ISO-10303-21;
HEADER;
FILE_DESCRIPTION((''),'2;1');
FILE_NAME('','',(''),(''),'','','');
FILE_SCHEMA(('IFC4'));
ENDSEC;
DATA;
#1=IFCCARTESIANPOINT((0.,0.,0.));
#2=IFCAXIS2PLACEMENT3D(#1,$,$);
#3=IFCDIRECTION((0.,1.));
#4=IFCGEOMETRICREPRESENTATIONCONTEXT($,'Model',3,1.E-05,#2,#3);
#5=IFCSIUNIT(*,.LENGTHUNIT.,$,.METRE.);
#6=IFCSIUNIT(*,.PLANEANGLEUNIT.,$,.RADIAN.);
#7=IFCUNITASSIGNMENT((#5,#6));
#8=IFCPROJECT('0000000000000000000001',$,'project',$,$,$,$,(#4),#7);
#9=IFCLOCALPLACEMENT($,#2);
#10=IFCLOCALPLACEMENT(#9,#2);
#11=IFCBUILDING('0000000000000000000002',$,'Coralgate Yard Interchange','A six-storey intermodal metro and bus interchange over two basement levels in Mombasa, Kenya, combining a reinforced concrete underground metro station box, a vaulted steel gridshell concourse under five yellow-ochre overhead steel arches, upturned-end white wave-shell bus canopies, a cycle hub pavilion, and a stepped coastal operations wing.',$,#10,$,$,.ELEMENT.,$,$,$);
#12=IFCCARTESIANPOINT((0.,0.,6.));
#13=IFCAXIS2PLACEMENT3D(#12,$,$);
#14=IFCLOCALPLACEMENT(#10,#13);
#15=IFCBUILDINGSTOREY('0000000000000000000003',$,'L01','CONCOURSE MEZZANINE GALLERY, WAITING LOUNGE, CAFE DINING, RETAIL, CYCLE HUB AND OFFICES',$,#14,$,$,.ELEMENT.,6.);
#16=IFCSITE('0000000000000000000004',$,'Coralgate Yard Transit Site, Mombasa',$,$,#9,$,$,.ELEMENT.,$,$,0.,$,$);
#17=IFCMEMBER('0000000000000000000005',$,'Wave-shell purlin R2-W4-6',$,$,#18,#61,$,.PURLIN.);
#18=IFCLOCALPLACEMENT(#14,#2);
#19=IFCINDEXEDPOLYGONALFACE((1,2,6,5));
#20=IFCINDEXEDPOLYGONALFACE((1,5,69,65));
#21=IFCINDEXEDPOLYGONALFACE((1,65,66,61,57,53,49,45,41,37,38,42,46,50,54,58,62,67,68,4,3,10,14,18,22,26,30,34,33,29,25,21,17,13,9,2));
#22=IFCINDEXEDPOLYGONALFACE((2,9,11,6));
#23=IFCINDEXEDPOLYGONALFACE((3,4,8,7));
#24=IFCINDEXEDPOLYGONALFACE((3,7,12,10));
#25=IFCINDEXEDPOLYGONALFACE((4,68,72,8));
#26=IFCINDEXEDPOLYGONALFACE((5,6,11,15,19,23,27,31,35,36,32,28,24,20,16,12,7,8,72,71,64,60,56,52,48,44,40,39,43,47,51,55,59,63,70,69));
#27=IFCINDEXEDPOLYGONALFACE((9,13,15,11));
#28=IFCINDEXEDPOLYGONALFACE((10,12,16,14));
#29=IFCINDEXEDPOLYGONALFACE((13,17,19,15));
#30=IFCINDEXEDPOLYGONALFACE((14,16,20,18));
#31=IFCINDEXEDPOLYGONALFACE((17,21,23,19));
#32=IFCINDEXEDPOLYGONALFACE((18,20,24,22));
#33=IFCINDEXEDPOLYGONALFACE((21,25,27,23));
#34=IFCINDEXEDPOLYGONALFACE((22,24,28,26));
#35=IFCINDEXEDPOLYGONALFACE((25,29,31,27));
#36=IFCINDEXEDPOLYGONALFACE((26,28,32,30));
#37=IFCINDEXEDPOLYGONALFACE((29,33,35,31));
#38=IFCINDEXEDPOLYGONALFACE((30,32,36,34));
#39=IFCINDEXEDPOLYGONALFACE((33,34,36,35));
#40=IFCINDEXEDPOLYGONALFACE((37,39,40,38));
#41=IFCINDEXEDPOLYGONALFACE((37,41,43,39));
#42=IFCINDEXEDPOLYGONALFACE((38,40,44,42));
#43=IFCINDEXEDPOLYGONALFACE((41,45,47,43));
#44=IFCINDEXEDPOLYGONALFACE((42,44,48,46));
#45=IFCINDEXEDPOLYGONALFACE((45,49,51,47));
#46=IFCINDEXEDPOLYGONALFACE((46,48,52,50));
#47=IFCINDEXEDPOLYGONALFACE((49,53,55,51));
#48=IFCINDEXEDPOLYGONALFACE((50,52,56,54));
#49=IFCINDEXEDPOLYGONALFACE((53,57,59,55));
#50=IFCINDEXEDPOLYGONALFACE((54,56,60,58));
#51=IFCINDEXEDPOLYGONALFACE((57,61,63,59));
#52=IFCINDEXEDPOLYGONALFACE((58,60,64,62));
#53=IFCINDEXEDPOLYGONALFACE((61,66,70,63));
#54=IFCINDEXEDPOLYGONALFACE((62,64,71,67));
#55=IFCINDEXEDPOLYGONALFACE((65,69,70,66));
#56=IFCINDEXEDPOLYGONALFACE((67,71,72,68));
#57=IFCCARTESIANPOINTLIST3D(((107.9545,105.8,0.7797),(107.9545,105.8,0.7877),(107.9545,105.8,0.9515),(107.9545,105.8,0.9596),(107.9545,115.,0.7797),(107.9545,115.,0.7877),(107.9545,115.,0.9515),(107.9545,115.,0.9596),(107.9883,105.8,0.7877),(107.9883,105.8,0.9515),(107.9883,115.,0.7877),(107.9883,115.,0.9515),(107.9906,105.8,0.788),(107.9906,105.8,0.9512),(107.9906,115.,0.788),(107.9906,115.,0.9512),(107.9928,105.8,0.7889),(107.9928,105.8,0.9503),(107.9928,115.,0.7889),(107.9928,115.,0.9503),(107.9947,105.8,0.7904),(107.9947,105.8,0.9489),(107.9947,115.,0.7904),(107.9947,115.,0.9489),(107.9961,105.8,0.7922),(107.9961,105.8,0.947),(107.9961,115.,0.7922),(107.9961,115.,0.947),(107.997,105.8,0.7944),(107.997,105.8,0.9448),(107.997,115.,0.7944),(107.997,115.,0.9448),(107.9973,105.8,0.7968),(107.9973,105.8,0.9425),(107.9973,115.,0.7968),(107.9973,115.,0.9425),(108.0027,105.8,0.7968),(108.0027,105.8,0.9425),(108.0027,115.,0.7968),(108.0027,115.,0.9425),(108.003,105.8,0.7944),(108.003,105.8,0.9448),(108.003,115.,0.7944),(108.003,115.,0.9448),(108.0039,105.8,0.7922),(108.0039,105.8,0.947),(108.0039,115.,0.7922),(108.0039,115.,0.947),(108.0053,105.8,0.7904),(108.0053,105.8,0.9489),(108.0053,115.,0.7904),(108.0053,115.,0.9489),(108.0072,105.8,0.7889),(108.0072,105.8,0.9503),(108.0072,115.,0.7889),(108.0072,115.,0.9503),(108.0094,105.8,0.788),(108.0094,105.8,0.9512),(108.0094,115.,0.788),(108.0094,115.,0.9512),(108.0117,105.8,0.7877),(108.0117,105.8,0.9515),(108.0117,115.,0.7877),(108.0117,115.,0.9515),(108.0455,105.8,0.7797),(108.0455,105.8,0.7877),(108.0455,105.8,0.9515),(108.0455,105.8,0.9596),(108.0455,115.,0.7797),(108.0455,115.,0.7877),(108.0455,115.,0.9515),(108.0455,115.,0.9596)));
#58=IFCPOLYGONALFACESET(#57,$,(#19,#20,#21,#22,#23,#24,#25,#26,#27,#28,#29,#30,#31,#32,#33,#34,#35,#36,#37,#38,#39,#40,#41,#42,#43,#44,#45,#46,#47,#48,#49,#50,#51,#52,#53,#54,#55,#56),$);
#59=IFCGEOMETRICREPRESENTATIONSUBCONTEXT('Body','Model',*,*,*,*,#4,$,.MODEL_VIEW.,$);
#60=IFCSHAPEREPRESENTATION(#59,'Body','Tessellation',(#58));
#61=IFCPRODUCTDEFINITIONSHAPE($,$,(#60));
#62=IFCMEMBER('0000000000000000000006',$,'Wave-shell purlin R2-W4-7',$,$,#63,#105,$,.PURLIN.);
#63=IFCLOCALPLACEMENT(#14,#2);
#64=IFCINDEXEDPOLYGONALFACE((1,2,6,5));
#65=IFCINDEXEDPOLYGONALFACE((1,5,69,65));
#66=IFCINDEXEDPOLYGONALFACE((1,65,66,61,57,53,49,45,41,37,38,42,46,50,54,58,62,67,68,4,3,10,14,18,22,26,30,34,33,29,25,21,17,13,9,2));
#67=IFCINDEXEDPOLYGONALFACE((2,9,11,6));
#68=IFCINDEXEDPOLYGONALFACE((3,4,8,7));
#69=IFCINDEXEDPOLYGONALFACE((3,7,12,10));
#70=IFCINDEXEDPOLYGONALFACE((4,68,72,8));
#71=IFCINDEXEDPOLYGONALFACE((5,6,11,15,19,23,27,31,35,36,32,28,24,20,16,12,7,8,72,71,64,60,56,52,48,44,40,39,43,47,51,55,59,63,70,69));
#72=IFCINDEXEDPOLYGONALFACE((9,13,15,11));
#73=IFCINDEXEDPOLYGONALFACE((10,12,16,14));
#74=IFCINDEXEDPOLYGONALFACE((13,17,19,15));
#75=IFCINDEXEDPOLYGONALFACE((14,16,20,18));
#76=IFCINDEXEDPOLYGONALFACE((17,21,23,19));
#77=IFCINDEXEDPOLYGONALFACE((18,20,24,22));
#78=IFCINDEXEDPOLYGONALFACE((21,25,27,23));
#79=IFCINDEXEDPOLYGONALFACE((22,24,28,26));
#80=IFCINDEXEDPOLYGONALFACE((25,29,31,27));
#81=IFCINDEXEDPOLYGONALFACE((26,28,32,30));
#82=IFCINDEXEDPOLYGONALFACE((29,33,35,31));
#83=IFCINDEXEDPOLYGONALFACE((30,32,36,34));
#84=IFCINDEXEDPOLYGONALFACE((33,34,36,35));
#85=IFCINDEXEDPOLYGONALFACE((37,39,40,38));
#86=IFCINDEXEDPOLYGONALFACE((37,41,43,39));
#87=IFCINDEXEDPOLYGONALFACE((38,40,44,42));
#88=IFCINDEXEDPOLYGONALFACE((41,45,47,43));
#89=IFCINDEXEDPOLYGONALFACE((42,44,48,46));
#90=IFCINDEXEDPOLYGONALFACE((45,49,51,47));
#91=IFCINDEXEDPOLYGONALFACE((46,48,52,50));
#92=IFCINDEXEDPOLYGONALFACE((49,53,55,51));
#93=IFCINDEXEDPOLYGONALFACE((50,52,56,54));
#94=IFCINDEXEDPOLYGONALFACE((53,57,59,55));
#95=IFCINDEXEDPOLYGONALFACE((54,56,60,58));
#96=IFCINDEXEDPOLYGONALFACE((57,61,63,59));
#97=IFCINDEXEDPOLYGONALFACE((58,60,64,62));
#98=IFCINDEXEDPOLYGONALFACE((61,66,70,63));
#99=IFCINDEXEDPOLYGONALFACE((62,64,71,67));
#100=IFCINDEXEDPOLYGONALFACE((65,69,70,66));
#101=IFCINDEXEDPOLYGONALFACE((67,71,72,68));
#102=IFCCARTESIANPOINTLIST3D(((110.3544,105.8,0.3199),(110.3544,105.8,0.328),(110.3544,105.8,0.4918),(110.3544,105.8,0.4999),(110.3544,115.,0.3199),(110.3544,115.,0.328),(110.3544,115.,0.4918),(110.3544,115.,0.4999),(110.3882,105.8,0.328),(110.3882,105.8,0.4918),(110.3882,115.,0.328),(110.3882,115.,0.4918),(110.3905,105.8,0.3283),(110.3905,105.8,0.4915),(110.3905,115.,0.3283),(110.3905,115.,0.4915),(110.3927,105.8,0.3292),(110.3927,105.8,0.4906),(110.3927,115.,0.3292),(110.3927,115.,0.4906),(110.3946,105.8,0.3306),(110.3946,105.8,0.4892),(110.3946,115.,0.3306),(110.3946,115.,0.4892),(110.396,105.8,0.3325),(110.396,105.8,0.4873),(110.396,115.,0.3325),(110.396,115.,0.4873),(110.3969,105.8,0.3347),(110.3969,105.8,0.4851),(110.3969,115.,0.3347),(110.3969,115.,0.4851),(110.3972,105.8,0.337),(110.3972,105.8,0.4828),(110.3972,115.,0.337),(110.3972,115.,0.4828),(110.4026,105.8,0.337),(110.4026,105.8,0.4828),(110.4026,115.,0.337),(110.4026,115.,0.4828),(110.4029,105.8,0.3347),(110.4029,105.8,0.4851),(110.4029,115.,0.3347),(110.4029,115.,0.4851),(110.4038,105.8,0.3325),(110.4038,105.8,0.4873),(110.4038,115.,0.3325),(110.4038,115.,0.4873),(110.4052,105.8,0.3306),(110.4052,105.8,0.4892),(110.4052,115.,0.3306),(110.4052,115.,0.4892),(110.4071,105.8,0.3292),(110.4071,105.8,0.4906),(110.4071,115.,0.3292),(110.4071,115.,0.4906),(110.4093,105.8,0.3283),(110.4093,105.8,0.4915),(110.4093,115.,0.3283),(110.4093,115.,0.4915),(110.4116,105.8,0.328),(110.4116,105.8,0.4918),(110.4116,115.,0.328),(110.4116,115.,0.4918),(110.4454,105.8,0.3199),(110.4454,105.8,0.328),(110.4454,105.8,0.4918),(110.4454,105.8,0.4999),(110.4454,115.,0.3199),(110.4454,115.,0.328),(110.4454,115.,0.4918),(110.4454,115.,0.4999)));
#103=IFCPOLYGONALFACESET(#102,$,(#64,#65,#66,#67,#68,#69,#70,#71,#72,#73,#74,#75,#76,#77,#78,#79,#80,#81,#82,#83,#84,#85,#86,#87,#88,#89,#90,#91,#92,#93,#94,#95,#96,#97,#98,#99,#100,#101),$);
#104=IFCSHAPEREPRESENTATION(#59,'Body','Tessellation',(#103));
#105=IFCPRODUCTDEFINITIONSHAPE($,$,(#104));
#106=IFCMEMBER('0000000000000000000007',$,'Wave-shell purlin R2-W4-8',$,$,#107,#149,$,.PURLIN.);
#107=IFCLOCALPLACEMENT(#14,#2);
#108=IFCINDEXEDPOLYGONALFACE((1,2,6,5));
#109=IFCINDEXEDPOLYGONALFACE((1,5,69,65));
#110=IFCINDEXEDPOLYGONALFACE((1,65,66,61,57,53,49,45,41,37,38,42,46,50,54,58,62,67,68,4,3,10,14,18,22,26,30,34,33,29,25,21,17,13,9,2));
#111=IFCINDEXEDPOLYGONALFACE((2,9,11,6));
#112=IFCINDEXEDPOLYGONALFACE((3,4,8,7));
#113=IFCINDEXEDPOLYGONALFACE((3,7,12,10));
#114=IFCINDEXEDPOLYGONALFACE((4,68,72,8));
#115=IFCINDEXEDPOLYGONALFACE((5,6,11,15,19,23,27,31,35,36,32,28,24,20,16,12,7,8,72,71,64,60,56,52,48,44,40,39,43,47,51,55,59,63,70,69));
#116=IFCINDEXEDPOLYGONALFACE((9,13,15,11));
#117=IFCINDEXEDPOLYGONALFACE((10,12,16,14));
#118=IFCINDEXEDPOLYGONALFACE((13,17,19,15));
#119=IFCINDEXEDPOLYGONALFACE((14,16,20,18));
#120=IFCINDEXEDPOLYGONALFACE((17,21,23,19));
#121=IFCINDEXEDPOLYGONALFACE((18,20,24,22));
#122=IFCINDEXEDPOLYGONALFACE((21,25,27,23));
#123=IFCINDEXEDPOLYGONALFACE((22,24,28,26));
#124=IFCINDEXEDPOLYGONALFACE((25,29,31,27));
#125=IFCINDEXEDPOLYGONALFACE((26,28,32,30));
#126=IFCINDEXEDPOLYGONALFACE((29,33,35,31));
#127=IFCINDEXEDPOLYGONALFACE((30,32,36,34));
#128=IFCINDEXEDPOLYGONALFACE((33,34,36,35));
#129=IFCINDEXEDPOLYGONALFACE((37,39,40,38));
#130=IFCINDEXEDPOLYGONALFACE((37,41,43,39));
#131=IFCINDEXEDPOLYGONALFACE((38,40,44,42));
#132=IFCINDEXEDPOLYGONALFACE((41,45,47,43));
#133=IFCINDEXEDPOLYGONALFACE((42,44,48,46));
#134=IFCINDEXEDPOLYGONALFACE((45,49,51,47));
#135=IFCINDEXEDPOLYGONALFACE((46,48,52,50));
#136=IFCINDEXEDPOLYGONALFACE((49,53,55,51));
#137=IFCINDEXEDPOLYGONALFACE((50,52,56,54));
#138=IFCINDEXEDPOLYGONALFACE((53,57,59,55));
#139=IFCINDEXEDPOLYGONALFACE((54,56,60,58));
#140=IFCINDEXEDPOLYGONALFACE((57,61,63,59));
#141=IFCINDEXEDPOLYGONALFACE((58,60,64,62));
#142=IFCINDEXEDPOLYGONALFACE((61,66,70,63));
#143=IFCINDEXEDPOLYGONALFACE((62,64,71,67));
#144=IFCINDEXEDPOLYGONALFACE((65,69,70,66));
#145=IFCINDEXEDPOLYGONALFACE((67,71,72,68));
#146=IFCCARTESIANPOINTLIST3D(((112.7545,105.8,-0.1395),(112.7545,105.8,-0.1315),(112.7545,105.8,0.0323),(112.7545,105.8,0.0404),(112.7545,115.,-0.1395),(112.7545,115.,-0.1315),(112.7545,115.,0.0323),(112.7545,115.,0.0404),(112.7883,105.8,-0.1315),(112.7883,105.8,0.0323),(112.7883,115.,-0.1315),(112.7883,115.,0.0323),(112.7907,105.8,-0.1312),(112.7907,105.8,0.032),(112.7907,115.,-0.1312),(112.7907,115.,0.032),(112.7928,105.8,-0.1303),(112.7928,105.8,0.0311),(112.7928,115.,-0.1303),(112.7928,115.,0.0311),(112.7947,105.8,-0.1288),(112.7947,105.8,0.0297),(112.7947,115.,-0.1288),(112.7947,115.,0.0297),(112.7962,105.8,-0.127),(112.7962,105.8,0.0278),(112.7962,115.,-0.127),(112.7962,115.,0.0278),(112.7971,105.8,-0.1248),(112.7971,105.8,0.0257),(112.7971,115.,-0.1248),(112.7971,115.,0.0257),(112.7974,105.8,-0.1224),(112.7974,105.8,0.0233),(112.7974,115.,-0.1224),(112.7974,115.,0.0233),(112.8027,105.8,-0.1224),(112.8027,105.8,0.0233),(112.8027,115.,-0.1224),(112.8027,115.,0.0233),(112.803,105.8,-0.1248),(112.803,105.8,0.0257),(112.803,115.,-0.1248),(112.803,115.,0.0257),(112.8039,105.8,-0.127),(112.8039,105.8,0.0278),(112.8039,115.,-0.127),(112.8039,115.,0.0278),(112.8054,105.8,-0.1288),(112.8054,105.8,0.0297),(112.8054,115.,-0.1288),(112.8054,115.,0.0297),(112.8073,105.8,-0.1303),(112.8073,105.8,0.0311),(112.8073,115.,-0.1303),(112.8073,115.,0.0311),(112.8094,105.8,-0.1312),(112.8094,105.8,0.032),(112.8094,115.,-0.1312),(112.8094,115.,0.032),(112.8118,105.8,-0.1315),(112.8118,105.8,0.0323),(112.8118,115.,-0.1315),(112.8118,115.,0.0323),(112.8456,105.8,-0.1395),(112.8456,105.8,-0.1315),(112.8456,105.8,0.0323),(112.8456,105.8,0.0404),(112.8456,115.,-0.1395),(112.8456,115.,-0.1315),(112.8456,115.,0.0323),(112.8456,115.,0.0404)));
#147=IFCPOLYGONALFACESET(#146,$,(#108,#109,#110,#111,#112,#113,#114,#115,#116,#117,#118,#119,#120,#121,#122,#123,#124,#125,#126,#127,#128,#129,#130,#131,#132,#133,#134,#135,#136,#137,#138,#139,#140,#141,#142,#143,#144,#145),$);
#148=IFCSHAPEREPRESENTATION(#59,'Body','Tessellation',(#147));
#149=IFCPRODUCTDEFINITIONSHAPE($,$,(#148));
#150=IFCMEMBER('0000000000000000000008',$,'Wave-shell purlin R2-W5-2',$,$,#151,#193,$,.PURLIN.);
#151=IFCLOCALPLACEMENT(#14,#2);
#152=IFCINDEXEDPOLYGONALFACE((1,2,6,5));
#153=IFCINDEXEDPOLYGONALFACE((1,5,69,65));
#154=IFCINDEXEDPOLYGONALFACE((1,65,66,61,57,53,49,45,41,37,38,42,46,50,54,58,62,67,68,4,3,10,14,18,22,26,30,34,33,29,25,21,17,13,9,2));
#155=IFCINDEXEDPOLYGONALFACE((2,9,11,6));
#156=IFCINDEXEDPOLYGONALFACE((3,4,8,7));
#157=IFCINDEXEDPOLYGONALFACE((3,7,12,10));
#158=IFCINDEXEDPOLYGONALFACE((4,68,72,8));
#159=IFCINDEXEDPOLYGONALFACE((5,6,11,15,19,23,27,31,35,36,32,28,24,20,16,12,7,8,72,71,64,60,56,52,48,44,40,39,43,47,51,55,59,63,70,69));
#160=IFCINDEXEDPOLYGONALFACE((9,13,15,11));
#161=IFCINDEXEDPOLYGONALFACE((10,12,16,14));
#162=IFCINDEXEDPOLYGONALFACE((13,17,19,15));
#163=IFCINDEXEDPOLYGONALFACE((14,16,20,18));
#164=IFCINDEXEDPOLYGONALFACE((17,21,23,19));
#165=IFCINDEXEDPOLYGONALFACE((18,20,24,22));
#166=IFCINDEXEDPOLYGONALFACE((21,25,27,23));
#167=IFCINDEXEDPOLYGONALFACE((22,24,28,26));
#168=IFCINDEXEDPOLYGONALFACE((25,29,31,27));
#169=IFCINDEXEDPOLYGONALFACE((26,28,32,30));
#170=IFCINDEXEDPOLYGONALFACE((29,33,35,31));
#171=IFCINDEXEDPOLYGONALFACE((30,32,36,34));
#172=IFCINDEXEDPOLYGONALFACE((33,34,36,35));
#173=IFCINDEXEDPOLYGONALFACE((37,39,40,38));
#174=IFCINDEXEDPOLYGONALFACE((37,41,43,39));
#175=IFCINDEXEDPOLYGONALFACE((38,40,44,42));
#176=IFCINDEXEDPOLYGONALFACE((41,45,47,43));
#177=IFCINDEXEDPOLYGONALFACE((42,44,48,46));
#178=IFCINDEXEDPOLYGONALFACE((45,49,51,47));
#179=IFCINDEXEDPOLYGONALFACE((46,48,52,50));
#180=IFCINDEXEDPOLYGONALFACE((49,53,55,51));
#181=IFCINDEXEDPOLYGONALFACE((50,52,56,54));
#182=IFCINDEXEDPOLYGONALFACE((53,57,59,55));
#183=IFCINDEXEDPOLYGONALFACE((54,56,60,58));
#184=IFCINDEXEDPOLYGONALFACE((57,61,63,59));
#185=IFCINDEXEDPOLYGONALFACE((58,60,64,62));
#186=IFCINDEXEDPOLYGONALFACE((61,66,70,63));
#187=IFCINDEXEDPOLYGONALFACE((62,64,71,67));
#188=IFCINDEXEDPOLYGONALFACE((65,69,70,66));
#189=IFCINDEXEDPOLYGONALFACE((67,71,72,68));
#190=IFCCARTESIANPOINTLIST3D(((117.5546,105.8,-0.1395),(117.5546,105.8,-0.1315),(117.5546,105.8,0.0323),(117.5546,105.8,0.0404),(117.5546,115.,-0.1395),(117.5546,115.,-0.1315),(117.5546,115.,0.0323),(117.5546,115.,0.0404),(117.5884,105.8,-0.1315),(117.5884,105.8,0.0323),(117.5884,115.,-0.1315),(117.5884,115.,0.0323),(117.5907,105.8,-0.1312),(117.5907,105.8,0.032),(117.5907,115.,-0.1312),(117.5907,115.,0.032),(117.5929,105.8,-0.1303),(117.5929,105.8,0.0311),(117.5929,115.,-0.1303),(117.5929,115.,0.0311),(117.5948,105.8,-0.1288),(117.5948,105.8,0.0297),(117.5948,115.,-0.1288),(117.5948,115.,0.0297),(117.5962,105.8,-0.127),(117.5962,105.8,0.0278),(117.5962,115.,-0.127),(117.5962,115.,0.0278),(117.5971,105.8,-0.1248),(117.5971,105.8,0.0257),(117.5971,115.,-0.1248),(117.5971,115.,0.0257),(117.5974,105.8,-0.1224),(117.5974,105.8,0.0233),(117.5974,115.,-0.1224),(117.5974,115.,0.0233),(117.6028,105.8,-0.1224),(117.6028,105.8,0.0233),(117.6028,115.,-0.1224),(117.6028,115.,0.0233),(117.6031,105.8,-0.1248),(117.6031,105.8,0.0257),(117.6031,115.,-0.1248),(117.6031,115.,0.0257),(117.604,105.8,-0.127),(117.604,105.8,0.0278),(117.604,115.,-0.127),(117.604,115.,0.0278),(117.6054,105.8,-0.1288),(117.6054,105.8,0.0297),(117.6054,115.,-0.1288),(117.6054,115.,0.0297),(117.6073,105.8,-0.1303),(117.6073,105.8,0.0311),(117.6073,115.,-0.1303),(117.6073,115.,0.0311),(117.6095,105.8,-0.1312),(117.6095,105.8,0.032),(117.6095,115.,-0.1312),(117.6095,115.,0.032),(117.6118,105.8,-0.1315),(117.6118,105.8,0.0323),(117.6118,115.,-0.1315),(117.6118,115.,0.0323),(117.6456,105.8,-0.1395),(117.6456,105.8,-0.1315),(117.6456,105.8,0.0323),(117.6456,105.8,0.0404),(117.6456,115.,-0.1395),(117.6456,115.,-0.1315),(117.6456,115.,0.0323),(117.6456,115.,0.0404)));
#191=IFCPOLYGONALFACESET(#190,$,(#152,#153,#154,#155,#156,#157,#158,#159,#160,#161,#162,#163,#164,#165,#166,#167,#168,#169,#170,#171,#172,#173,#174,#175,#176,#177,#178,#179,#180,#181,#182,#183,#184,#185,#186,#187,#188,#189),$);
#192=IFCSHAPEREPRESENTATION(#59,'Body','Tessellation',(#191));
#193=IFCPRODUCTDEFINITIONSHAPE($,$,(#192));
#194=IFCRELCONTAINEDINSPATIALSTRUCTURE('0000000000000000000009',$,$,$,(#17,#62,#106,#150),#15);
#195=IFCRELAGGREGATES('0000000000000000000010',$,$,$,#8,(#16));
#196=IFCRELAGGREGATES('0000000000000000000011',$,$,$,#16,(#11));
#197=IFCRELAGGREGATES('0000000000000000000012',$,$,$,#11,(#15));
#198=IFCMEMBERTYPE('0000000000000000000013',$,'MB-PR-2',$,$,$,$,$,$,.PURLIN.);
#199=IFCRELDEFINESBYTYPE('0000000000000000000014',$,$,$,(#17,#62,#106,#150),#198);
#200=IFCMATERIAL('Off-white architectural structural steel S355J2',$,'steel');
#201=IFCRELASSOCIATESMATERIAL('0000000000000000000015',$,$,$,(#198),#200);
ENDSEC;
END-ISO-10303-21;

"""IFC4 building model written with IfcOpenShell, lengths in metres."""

from ifc_helpers import new_model, si_unit, direction, frame, origin, origin_2d, place, context, subcontext, project, spatial, i_section, extrude, material, material_profile, profile_set, type_object, element, save


model = new_model("IFC4")

# Units and contexts
model_context = context("Model", 3, precision=1e-05, world=origin(), true_north=direction((0.0, 1.0)))
body_context = subcontext(model_context, "Body", "Model", "MODEL_VIEW")
ifc_project = project(units=[si_unit("LENGTHUNIT", "METRE"), si_unit("PLANEANGLEUNIT", "RADIAN")], contexts=[model_context])

# Site, building, storey
site_placement = place(None, origin())
site = spatial("IfcSite", under=ifc_project, at=site_placement, Name="Coralgate Yard Transit Site, Mombasa", CompositionType="ELEMENT", RefElevation=0.0)
building_placement = place(site_placement, origin())
building = spatial("IfcBuilding", under=site, at=building_placement, Name="Coralgate Yard Interchange", Description="A six-storey intermodal metro and bus interchange over two basement levels in Mombasa, Kenya, combining a reinforced concrete underground metro station box, a vaulted steel gridshell concourse under five yellow-ochre overhead steel arches, upturned-end white wave-shell bus canopies, a cycle hub pavilion, and a stepped coastal operations wing.", CompositionType="ELEMENT")
storey_placement = place(building_placement, frame((0.0, 0.0, 6.0)))
storey = spatial("IfcBuildingStorey", under=building, at=storey_placement, Name="L01", Description="CONCOURSE MEZZANINE GALLERY, WAITING LOUNGE, CAFE DINING, RETAIL, CYCLE HUB AND OFFICES", CompositionType="ELEMENT", Elevation=6.0)

# Shared definitions
ifc_material_1 = material(Name="Off-white architectural structural steel S355J2", Category="steel")

# Members
ifc_material_profile_1 = material_profile(ifc_material_1, i_section(OverallWidth=0.0911, OverallDepth=0.1799, WebThickness=0.0054, FlangeThickness=0.0081, FilletRadius=0.009, at=origin_2d()), Name="IPE 180")
ifc_profile_set_1 = profile_set([ifc_material_profile_1], Name="Off-white architectural structural steel S355J2")
member_type_1 = type_object("IfcMemberType", Name="MB-PR-2", PredefinedType="PURLIN", material=ifc_profile_set_1)
for number, where, z_axis, x_axis, name in (
    (1, (108.0, 105.8, 0.8696), (0.0, 1.0, 0.0), (-1.0, 0.0, 0.0), "Wave-shell purlin R2-W4-6"),
    (2, (110.3999, 105.8, 0.4099), (0.0, 1.0, 0.0), (-1.0, 0.0, 0.0), "Wave-shell purlin R2-W4-7"),
    (3, (112.8, 105.8, -0.0496), (0.0, 1.0, 0.0), (-1.0, 0.0, 0.0), "Wave-shell purlin R2-W4-8"),
    (4, (117.6001, 105.8, -0.0496), (0.0, 1.0, 0.0), (-1.0, 0.0, 0.0), "Wave-shell purlin R2-W5-2"),
):
    element("IfcMember", number, at=place(storey_placement, frame(where, z_axis=z_axis, x_axis=x_axis)), inside=storey, type_object=member_type_1, Name=name, PredefinedType="PURLIN", context=body_context, shape_type="SweptSolid", body=[
        extrude(i_section(OverallWidth=0.0911, OverallDepth=0.1799, WebThickness=0.0054, FlangeThickness=0.0081, FilletRadius=0.009, at=origin_2d()), origin(), (0.0, 0.0, 1.0), 9.2),
    ])

save(model, "model.ifc")
